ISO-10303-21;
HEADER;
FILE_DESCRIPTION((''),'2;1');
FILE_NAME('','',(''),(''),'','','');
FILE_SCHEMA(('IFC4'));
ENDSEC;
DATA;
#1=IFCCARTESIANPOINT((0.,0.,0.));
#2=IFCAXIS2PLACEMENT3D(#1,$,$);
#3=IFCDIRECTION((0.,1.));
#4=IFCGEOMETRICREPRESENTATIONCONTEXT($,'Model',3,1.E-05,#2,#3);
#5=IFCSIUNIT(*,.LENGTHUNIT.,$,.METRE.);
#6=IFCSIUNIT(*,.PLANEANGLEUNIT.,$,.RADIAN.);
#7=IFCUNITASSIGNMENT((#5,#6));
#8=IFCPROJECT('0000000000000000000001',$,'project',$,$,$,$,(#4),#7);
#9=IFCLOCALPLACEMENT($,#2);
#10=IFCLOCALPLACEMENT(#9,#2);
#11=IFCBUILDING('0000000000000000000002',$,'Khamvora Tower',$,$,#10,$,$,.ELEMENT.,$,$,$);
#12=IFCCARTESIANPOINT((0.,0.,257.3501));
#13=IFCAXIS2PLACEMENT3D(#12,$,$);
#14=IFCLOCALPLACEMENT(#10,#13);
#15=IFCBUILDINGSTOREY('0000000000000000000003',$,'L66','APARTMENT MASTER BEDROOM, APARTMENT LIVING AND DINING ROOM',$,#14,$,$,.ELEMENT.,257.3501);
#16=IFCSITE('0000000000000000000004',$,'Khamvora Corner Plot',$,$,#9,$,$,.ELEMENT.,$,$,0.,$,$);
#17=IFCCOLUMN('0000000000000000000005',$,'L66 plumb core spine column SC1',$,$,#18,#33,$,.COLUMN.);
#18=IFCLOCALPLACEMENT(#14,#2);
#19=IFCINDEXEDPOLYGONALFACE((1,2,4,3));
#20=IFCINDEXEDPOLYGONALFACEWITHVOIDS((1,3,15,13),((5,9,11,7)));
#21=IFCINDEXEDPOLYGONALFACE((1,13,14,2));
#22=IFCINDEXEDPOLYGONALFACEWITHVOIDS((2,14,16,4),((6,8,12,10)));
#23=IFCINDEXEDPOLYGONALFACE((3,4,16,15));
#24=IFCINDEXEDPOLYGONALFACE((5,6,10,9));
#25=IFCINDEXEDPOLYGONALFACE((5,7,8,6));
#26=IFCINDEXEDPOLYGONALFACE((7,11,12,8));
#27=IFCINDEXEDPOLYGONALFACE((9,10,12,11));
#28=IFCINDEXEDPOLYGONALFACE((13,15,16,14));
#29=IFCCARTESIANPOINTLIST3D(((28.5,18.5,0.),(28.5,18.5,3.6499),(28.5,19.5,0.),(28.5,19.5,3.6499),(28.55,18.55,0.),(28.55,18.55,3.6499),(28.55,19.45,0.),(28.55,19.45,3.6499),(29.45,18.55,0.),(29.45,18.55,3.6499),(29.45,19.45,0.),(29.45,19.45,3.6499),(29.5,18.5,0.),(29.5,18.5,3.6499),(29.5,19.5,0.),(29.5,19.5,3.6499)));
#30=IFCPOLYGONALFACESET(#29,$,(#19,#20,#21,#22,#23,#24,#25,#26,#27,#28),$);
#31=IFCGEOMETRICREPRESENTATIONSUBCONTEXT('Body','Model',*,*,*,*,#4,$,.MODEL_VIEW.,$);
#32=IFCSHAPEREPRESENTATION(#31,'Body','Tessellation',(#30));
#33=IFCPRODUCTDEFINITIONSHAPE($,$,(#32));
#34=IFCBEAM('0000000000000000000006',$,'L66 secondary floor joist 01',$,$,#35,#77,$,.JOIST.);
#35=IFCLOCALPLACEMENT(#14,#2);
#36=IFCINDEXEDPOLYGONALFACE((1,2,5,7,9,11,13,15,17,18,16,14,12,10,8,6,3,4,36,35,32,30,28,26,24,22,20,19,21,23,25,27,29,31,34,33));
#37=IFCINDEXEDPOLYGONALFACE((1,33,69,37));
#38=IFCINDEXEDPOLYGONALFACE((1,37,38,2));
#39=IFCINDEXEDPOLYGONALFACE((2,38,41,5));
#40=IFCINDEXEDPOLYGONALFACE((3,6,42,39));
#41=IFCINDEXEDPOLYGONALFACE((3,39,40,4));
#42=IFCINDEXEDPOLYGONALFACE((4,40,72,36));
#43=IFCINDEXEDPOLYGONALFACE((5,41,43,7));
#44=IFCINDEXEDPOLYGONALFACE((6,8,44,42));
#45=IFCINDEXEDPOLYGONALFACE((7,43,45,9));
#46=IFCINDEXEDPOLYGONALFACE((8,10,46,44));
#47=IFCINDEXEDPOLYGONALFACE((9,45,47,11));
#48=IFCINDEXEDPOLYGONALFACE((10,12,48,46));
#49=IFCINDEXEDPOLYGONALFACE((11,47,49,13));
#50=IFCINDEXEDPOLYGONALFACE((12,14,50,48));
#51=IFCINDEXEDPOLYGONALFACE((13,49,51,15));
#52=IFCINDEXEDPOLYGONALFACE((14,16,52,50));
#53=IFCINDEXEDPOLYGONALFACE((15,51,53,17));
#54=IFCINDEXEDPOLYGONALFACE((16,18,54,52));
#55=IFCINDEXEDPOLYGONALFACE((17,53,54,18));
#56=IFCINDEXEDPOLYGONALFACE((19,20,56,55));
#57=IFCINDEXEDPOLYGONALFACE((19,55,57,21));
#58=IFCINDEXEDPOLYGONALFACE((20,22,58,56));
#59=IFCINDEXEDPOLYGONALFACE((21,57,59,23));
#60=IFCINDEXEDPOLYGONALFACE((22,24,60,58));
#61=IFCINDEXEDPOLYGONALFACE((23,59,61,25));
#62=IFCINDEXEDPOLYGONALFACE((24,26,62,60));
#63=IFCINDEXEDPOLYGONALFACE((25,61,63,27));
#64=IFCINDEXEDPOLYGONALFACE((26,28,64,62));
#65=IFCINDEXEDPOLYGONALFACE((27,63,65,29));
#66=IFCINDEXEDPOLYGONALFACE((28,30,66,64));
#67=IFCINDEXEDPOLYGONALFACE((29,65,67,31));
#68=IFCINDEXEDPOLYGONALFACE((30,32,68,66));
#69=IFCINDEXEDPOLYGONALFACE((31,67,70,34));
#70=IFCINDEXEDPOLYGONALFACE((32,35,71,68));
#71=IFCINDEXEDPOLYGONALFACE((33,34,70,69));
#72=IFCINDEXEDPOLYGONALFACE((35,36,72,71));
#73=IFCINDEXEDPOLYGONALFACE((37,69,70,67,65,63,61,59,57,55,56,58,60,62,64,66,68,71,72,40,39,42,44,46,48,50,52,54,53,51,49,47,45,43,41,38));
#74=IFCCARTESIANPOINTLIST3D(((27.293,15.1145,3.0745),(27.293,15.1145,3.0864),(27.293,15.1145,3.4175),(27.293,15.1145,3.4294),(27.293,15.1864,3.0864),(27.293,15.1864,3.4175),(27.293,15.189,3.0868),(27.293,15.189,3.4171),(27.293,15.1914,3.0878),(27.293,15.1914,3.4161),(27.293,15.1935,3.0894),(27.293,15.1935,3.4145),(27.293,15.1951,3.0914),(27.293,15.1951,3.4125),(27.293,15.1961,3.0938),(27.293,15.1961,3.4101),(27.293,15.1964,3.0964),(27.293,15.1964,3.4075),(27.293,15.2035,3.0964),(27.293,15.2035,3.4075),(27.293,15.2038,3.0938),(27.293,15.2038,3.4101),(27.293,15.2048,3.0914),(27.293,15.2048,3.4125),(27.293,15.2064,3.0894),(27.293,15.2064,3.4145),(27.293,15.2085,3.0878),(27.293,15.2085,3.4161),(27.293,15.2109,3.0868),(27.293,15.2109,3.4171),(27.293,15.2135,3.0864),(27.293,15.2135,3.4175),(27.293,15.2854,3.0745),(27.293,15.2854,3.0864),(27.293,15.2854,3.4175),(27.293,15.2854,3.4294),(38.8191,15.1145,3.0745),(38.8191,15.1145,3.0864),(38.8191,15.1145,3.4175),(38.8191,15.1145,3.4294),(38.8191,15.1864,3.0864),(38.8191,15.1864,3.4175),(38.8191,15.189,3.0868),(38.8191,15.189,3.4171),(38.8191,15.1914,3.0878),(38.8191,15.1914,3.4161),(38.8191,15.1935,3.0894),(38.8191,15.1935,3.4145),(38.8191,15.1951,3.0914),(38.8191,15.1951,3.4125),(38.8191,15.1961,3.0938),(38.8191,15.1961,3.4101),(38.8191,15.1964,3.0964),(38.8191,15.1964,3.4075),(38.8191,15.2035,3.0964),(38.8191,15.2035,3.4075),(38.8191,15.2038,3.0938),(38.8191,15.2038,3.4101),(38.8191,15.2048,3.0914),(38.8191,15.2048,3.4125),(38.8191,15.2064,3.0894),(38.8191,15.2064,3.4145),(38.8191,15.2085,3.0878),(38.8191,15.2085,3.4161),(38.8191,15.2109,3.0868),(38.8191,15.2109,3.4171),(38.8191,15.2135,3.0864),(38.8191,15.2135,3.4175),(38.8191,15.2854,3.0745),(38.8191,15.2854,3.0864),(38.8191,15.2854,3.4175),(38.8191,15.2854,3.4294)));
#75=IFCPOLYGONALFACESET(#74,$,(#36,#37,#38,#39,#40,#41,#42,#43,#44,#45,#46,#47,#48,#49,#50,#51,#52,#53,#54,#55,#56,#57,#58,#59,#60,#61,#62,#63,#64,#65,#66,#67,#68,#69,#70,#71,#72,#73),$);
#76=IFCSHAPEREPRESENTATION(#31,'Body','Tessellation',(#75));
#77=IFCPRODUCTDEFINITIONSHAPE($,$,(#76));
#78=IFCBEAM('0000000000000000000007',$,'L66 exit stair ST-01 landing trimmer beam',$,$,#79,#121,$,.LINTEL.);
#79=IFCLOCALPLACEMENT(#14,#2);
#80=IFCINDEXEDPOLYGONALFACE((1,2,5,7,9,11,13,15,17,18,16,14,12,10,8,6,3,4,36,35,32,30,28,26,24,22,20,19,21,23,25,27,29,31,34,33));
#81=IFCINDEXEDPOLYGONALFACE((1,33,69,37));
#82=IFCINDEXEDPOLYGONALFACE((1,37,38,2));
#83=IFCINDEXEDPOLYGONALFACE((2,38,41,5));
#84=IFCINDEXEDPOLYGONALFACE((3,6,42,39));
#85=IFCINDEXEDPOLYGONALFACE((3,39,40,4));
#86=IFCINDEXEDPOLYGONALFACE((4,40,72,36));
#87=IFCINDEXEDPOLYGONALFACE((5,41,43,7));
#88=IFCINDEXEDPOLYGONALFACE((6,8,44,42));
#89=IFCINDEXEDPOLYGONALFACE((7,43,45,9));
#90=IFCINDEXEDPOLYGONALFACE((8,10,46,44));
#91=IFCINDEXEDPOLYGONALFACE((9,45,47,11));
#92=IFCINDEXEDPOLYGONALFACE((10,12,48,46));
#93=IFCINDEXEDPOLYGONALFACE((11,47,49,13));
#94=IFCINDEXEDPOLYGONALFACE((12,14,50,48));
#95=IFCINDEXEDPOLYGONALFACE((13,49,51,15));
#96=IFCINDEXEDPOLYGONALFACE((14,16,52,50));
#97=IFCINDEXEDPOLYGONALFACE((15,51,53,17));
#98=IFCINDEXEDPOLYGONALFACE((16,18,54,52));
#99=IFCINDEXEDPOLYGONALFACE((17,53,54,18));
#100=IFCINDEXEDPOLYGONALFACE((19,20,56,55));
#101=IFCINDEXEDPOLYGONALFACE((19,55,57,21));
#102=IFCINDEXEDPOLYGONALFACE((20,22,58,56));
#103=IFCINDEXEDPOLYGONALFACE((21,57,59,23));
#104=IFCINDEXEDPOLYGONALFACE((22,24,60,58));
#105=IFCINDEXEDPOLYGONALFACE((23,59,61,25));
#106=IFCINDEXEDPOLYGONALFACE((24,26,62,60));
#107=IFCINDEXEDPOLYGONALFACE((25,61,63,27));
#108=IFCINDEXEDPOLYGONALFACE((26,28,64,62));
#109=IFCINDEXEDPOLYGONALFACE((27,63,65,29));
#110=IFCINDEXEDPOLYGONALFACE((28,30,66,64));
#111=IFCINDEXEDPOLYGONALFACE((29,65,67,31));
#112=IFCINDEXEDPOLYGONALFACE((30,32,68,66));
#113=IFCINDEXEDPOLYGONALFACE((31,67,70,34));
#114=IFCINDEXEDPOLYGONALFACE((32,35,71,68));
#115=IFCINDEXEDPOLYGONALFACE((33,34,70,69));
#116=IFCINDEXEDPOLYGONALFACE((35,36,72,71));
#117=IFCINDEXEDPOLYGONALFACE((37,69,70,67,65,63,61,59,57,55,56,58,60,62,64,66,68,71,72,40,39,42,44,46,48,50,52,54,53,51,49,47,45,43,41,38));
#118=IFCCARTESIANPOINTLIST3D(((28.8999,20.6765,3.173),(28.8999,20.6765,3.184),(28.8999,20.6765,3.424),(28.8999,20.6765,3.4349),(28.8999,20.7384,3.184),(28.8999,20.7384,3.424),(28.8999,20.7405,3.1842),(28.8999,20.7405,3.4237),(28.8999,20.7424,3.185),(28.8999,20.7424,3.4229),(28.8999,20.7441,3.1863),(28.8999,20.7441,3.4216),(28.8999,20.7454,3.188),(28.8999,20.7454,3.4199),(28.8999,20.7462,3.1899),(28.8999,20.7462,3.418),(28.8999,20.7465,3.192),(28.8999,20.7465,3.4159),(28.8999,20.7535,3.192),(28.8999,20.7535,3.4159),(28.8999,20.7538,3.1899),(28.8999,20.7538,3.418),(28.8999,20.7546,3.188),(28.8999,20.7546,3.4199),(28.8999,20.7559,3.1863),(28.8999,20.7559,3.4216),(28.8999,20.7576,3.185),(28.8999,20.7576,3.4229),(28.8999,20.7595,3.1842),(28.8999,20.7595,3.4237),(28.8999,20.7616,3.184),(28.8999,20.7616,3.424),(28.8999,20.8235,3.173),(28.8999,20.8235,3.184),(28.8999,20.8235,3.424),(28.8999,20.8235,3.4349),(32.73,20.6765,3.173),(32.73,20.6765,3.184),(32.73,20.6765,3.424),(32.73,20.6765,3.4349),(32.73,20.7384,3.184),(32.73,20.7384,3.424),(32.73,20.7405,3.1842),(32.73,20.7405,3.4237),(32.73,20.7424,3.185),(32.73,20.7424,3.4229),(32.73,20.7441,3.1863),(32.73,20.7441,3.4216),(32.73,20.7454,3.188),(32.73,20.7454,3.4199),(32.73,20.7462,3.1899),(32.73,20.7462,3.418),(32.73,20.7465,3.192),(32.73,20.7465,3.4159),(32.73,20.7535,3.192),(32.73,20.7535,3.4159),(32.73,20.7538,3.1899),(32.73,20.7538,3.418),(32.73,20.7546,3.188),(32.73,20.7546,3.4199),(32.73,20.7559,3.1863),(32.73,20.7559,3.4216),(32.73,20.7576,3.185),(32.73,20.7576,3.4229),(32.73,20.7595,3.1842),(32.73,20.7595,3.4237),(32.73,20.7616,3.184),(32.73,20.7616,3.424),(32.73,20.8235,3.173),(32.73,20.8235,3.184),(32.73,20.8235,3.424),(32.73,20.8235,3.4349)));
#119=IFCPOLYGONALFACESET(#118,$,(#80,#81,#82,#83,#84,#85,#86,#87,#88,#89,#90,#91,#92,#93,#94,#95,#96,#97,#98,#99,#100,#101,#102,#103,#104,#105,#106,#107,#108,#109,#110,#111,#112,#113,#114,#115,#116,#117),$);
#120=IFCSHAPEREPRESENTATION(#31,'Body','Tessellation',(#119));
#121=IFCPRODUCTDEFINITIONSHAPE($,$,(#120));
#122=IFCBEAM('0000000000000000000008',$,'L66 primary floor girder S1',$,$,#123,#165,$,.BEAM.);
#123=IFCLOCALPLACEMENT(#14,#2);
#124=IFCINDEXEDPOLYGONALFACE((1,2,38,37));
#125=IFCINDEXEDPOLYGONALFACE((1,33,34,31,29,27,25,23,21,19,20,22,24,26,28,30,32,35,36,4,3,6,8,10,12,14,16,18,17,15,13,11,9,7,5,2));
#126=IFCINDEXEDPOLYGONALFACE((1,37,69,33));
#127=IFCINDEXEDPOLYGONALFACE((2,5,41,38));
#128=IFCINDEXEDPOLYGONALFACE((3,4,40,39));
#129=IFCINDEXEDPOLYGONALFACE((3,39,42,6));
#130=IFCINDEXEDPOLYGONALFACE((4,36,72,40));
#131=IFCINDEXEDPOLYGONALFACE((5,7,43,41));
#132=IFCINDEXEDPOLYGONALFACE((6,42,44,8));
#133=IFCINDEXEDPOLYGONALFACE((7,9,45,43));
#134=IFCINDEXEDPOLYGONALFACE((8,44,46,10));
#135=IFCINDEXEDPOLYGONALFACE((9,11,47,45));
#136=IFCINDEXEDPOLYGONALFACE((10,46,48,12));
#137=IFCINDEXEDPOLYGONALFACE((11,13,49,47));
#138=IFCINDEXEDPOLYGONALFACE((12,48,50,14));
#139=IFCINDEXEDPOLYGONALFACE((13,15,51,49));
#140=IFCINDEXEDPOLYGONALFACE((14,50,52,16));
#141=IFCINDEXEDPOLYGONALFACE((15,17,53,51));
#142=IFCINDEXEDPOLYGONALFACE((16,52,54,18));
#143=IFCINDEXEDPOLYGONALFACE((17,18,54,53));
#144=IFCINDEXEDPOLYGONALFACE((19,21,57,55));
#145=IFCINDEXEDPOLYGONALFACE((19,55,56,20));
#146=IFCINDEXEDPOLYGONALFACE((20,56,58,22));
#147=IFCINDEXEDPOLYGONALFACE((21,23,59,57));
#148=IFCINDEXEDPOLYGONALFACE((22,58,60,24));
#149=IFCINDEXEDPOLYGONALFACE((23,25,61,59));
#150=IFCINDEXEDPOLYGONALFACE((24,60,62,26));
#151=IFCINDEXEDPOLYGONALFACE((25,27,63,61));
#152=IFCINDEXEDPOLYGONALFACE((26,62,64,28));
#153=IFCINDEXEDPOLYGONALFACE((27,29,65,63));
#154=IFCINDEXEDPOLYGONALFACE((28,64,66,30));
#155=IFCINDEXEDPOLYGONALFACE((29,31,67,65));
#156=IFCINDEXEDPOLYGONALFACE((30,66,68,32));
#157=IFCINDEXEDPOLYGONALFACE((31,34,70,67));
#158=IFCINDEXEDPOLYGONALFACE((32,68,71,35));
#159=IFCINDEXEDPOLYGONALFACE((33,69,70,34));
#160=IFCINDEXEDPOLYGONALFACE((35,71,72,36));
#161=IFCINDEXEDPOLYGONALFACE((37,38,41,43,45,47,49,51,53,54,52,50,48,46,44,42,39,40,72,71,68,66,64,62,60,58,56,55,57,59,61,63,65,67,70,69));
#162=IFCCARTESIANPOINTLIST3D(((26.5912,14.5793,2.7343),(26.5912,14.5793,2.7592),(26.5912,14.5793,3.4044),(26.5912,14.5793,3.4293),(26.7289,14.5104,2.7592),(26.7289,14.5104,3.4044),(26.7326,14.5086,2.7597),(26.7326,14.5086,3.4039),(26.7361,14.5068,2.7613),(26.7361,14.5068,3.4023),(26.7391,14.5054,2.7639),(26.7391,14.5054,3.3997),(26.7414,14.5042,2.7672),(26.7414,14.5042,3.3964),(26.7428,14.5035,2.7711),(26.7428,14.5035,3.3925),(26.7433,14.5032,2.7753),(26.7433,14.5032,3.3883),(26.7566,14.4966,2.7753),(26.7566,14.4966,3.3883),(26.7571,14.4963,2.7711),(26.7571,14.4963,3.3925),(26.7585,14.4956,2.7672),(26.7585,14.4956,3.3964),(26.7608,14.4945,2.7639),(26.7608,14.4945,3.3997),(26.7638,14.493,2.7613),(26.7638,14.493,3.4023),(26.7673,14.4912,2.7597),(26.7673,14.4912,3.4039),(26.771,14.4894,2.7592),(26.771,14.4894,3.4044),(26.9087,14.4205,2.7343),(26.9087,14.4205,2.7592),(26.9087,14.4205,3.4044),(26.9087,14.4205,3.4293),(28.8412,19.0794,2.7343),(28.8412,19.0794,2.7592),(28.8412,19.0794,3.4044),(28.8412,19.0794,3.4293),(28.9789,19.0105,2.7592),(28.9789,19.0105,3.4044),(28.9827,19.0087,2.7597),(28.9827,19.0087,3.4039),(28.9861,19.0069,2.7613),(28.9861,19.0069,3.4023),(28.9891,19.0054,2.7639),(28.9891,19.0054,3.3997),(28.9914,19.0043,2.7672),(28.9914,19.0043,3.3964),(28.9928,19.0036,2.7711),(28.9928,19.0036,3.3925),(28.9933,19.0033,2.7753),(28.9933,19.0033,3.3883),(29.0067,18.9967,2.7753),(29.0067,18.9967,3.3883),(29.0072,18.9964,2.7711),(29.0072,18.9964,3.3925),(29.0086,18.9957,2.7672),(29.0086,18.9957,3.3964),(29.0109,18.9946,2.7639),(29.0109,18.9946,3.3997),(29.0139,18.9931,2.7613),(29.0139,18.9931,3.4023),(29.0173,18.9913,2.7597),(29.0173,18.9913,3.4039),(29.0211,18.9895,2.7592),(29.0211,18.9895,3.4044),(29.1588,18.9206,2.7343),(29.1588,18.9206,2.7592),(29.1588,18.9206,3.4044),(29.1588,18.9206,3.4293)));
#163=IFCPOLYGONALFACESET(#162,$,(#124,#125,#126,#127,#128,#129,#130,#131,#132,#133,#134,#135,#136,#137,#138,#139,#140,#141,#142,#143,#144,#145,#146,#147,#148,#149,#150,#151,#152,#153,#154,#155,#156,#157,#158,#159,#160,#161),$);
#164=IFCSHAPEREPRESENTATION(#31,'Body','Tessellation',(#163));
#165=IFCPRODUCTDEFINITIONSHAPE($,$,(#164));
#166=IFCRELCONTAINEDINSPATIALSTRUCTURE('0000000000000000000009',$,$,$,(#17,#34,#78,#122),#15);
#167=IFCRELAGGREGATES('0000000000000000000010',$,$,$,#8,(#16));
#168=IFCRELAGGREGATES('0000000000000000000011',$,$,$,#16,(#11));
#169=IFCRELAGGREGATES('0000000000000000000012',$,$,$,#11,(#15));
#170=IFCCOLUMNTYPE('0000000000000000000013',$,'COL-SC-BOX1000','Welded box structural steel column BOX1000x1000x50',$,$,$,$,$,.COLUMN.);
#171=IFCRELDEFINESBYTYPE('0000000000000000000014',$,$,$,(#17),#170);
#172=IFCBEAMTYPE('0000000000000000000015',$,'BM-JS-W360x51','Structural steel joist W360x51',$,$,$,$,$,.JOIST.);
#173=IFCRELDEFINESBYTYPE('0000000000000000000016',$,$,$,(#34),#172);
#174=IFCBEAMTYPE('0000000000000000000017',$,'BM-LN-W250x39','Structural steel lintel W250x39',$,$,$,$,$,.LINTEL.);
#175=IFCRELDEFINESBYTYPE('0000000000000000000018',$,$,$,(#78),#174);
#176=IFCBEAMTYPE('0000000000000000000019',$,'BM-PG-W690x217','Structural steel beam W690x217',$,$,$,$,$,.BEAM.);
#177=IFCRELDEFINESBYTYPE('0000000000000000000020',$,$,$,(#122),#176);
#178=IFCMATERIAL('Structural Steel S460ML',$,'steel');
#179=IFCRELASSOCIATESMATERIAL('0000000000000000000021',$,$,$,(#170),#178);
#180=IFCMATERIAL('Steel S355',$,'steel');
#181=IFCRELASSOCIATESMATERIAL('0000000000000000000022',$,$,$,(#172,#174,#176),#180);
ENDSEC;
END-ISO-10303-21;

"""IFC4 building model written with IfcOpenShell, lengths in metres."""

from ifc_helpers import new_model, si_unit, direction, frame, origin, origin_2d, place, context, subcontext, project, spatial, hollow_rectangle, i_section, extrude, material, material_profile, profile_set, type_object, element, save


model = new_model("IFC4")

# Units and contexts
model_context = context("Model", 3, precision=1e-05, world=origin(), true_north=direction((0.0, 1.0)))
body_context = subcontext(model_context, "Body", "Model", "MODEL_VIEW")
ifc_project = project(units=[si_unit("LENGTHUNIT", "METRE"), si_unit("PLANEANGLEUNIT", "RADIAN")], contexts=[model_context])

# Site, building, storey
site_placement = place(None, origin())
site = spatial("IfcSite", under=ifc_project, at=site_placement, Name="Khamvora Corner Plot", CompositionType="ELEMENT", RefElevation=0.0)
building_placement = place(site_placement, origin())
building = spatial("IfcBuilding", under=site, at=building_placement, Name="Khamvora Tower", CompositionType="ELEMENT")
storey_placement = place(building_placement, frame((0.0, 0.0, 257.3501)))
storey = spatial("IfcBuildingStorey", under=building, at=storey_placement, Name="L66", Description="APARTMENT MASTER BEDROOM, APARTMENT LIVING AND DINING ROOM", CompositionType="ELEMENT", Elevation=257.3501)

# Column
ifc_material_1 = material(Name="Structural Steel S460ML", Category="steel")
ifc_material_profile_1 = material_profile(ifc_material_1, hollow_rectangle(XDim=1.0, YDim=1.0, WallThickness=0.05, at=origin_2d()), Name="BOX1000x1000x50")
ifc_profile_set_1 = profile_set([ifc_material_profile_1], Name="Structural Steel S460ML")
column_type = type_object("IfcColumnType", Name="COL-SC-BOX1000", Description="Welded box structural steel column BOX1000x1000x50", PredefinedType="COLUMN", material=ifc_profile_set_1)
column_placement = place(storey_placement, frame((29.0, 19.0, 0.0), z_axis=(0.0, 0.0, 1.0), x_axis=(1.0, 0.0, 0.0)))
element("IfcColumn", 1, at=column_placement, inside=storey, type_object=column_type, Name="L66 plumb core spine column SC1", PredefinedType="COLUMN", context=body_context, shape_type="SweptSolid", body=[
    extrude(hollow_rectangle(XDim=1.0, YDim=1.0, WallThickness=0.05, at=origin_2d()), origin(), (0.0, 0.0, 1.0), 3.6499),
])

# Beams
ifc_material_2 = material(Name="Steel S355", Category="steel")
ifc_material_profile_2 = material_profile(ifc_material_2, i_section(OverallWidth=0.1709, OverallDepth=0.355, WebThickness=0.0071, FlangeThickness=0.012, FilletRadius=0.01, at=origin_2d()), Name="W360x51")
ifc_profile_set_2 = profile_set([ifc_material_profile_2], Name="Steel S355")
beam_type_1 = type_object("IfcBeamType", Name="BM-JS-W360x51", Description="Structural steel joist W360x51", PredefinedType="JOIST", material=ifc_profile_set_2)
beam_1_placement = place(storey_placement, frame((27.293, 15.2, 3.252), z_axis=(1.0, 0.0, 0.0), x_axis=(0.0, 1.0, 0.0)))
element("IfcBeam", 2, at=beam_1_placement, inside=storey, type_object=beam_type_1, Name="L66 secondary floor joist 01", PredefinedType="JOIST", context=body_context, shape_type="SweptSolid", body=[
    extrude(i_section(OverallWidth=0.1709, OverallDepth=0.355, WebThickness=0.0071, FlangeThickness=0.012, FilletRadius=0.01, at=origin_2d()), origin(), (0.0, 0.0, 1.0), 11.5261),
])
ifc_material_profile_3 = material_profile(ifc_material_2, i_section(OverallWidth=0.147, OverallDepth=0.262, WebThickness=0.0071, FlangeThickness=0.011, FilletRadius=0.0081, at=origin_2d()), Name="W250x39")
ifc_profile_set_3 = profile_set([ifc_material_profile_3], Name="Steel S355")
beam_type_2 = type_object("IfcBeamType", Name="BM-LN-W250x39", Description="Structural steel lintel W250x39", PredefinedType="LINTEL", material=ifc_profile_set_3)
beam_2_placement = place(storey_placement, frame((28.8999, 20.75, 3.304), z_axis=(1.0, 0.0, 0.0), x_axis=(0.0, 1.0, 0.0)))
element("IfcBeam", 3, at=beam_2_placement, inside=storey, type_object=beam_type_2, Name="L66 exit stair ST-01 landing trimmer beam", PredefinedType="LINTEL", context=body_context, shape_type="SweptSolid", body=[
    extrude(i_section(OverallWidth=0.147, OverallDepth=0.262, WebThickness=0.0071, FlangeThickness=0.011, FilletRadius=0.0081, at=origin_2d()), origin(), (0.0, 0.0, 1.0), 3.8301),
])
ifc_material_profile_4 = material_profile(ifc_material_2, i_section(OverallWidth=0.355, OverallDepth=0.6951, WebThickness=0.0149, FlangeThickness=0.0249, FilletRadius=0.0161, at=origin_2d()), Name="W690x217")
ifc_profile_set_4 = profile_set([ifc_material_profile_4], Name="Steel S355")
beam_type_3 = type_object("IfcBeamType", Name="BM-PG-W690x217", Description="Structural steel beam W690x217", PredefinedType="BEAM", material=ifc_profile_set_4)
beam_3_placement = place(storey_placement, frame((29.0, 19.0, 3.0818), z_axis=(-0.447214, -0.894427, 0.0), x_axis=(0.894427, -0.447214, 0.0)))
element("IfcBeam", 4, at=beam_3_placement, inside=storey, type_object=beam_type_3, Name="L66 primary floor girder S1", PredefinedType="BEAM", context=body_context, shape_type="SweptSolid", body=[
    extrude(i_section(OverallWidth=0.355, OverallDepth=0.6951, WebThickness=0.0149, FlangeThickness=0.0249, FilletRadius=0.0161, at=origin_2d()), origin(), (0.0, 0.0, 1.0), 5.0312),
])

save(model, "model.ifc")
